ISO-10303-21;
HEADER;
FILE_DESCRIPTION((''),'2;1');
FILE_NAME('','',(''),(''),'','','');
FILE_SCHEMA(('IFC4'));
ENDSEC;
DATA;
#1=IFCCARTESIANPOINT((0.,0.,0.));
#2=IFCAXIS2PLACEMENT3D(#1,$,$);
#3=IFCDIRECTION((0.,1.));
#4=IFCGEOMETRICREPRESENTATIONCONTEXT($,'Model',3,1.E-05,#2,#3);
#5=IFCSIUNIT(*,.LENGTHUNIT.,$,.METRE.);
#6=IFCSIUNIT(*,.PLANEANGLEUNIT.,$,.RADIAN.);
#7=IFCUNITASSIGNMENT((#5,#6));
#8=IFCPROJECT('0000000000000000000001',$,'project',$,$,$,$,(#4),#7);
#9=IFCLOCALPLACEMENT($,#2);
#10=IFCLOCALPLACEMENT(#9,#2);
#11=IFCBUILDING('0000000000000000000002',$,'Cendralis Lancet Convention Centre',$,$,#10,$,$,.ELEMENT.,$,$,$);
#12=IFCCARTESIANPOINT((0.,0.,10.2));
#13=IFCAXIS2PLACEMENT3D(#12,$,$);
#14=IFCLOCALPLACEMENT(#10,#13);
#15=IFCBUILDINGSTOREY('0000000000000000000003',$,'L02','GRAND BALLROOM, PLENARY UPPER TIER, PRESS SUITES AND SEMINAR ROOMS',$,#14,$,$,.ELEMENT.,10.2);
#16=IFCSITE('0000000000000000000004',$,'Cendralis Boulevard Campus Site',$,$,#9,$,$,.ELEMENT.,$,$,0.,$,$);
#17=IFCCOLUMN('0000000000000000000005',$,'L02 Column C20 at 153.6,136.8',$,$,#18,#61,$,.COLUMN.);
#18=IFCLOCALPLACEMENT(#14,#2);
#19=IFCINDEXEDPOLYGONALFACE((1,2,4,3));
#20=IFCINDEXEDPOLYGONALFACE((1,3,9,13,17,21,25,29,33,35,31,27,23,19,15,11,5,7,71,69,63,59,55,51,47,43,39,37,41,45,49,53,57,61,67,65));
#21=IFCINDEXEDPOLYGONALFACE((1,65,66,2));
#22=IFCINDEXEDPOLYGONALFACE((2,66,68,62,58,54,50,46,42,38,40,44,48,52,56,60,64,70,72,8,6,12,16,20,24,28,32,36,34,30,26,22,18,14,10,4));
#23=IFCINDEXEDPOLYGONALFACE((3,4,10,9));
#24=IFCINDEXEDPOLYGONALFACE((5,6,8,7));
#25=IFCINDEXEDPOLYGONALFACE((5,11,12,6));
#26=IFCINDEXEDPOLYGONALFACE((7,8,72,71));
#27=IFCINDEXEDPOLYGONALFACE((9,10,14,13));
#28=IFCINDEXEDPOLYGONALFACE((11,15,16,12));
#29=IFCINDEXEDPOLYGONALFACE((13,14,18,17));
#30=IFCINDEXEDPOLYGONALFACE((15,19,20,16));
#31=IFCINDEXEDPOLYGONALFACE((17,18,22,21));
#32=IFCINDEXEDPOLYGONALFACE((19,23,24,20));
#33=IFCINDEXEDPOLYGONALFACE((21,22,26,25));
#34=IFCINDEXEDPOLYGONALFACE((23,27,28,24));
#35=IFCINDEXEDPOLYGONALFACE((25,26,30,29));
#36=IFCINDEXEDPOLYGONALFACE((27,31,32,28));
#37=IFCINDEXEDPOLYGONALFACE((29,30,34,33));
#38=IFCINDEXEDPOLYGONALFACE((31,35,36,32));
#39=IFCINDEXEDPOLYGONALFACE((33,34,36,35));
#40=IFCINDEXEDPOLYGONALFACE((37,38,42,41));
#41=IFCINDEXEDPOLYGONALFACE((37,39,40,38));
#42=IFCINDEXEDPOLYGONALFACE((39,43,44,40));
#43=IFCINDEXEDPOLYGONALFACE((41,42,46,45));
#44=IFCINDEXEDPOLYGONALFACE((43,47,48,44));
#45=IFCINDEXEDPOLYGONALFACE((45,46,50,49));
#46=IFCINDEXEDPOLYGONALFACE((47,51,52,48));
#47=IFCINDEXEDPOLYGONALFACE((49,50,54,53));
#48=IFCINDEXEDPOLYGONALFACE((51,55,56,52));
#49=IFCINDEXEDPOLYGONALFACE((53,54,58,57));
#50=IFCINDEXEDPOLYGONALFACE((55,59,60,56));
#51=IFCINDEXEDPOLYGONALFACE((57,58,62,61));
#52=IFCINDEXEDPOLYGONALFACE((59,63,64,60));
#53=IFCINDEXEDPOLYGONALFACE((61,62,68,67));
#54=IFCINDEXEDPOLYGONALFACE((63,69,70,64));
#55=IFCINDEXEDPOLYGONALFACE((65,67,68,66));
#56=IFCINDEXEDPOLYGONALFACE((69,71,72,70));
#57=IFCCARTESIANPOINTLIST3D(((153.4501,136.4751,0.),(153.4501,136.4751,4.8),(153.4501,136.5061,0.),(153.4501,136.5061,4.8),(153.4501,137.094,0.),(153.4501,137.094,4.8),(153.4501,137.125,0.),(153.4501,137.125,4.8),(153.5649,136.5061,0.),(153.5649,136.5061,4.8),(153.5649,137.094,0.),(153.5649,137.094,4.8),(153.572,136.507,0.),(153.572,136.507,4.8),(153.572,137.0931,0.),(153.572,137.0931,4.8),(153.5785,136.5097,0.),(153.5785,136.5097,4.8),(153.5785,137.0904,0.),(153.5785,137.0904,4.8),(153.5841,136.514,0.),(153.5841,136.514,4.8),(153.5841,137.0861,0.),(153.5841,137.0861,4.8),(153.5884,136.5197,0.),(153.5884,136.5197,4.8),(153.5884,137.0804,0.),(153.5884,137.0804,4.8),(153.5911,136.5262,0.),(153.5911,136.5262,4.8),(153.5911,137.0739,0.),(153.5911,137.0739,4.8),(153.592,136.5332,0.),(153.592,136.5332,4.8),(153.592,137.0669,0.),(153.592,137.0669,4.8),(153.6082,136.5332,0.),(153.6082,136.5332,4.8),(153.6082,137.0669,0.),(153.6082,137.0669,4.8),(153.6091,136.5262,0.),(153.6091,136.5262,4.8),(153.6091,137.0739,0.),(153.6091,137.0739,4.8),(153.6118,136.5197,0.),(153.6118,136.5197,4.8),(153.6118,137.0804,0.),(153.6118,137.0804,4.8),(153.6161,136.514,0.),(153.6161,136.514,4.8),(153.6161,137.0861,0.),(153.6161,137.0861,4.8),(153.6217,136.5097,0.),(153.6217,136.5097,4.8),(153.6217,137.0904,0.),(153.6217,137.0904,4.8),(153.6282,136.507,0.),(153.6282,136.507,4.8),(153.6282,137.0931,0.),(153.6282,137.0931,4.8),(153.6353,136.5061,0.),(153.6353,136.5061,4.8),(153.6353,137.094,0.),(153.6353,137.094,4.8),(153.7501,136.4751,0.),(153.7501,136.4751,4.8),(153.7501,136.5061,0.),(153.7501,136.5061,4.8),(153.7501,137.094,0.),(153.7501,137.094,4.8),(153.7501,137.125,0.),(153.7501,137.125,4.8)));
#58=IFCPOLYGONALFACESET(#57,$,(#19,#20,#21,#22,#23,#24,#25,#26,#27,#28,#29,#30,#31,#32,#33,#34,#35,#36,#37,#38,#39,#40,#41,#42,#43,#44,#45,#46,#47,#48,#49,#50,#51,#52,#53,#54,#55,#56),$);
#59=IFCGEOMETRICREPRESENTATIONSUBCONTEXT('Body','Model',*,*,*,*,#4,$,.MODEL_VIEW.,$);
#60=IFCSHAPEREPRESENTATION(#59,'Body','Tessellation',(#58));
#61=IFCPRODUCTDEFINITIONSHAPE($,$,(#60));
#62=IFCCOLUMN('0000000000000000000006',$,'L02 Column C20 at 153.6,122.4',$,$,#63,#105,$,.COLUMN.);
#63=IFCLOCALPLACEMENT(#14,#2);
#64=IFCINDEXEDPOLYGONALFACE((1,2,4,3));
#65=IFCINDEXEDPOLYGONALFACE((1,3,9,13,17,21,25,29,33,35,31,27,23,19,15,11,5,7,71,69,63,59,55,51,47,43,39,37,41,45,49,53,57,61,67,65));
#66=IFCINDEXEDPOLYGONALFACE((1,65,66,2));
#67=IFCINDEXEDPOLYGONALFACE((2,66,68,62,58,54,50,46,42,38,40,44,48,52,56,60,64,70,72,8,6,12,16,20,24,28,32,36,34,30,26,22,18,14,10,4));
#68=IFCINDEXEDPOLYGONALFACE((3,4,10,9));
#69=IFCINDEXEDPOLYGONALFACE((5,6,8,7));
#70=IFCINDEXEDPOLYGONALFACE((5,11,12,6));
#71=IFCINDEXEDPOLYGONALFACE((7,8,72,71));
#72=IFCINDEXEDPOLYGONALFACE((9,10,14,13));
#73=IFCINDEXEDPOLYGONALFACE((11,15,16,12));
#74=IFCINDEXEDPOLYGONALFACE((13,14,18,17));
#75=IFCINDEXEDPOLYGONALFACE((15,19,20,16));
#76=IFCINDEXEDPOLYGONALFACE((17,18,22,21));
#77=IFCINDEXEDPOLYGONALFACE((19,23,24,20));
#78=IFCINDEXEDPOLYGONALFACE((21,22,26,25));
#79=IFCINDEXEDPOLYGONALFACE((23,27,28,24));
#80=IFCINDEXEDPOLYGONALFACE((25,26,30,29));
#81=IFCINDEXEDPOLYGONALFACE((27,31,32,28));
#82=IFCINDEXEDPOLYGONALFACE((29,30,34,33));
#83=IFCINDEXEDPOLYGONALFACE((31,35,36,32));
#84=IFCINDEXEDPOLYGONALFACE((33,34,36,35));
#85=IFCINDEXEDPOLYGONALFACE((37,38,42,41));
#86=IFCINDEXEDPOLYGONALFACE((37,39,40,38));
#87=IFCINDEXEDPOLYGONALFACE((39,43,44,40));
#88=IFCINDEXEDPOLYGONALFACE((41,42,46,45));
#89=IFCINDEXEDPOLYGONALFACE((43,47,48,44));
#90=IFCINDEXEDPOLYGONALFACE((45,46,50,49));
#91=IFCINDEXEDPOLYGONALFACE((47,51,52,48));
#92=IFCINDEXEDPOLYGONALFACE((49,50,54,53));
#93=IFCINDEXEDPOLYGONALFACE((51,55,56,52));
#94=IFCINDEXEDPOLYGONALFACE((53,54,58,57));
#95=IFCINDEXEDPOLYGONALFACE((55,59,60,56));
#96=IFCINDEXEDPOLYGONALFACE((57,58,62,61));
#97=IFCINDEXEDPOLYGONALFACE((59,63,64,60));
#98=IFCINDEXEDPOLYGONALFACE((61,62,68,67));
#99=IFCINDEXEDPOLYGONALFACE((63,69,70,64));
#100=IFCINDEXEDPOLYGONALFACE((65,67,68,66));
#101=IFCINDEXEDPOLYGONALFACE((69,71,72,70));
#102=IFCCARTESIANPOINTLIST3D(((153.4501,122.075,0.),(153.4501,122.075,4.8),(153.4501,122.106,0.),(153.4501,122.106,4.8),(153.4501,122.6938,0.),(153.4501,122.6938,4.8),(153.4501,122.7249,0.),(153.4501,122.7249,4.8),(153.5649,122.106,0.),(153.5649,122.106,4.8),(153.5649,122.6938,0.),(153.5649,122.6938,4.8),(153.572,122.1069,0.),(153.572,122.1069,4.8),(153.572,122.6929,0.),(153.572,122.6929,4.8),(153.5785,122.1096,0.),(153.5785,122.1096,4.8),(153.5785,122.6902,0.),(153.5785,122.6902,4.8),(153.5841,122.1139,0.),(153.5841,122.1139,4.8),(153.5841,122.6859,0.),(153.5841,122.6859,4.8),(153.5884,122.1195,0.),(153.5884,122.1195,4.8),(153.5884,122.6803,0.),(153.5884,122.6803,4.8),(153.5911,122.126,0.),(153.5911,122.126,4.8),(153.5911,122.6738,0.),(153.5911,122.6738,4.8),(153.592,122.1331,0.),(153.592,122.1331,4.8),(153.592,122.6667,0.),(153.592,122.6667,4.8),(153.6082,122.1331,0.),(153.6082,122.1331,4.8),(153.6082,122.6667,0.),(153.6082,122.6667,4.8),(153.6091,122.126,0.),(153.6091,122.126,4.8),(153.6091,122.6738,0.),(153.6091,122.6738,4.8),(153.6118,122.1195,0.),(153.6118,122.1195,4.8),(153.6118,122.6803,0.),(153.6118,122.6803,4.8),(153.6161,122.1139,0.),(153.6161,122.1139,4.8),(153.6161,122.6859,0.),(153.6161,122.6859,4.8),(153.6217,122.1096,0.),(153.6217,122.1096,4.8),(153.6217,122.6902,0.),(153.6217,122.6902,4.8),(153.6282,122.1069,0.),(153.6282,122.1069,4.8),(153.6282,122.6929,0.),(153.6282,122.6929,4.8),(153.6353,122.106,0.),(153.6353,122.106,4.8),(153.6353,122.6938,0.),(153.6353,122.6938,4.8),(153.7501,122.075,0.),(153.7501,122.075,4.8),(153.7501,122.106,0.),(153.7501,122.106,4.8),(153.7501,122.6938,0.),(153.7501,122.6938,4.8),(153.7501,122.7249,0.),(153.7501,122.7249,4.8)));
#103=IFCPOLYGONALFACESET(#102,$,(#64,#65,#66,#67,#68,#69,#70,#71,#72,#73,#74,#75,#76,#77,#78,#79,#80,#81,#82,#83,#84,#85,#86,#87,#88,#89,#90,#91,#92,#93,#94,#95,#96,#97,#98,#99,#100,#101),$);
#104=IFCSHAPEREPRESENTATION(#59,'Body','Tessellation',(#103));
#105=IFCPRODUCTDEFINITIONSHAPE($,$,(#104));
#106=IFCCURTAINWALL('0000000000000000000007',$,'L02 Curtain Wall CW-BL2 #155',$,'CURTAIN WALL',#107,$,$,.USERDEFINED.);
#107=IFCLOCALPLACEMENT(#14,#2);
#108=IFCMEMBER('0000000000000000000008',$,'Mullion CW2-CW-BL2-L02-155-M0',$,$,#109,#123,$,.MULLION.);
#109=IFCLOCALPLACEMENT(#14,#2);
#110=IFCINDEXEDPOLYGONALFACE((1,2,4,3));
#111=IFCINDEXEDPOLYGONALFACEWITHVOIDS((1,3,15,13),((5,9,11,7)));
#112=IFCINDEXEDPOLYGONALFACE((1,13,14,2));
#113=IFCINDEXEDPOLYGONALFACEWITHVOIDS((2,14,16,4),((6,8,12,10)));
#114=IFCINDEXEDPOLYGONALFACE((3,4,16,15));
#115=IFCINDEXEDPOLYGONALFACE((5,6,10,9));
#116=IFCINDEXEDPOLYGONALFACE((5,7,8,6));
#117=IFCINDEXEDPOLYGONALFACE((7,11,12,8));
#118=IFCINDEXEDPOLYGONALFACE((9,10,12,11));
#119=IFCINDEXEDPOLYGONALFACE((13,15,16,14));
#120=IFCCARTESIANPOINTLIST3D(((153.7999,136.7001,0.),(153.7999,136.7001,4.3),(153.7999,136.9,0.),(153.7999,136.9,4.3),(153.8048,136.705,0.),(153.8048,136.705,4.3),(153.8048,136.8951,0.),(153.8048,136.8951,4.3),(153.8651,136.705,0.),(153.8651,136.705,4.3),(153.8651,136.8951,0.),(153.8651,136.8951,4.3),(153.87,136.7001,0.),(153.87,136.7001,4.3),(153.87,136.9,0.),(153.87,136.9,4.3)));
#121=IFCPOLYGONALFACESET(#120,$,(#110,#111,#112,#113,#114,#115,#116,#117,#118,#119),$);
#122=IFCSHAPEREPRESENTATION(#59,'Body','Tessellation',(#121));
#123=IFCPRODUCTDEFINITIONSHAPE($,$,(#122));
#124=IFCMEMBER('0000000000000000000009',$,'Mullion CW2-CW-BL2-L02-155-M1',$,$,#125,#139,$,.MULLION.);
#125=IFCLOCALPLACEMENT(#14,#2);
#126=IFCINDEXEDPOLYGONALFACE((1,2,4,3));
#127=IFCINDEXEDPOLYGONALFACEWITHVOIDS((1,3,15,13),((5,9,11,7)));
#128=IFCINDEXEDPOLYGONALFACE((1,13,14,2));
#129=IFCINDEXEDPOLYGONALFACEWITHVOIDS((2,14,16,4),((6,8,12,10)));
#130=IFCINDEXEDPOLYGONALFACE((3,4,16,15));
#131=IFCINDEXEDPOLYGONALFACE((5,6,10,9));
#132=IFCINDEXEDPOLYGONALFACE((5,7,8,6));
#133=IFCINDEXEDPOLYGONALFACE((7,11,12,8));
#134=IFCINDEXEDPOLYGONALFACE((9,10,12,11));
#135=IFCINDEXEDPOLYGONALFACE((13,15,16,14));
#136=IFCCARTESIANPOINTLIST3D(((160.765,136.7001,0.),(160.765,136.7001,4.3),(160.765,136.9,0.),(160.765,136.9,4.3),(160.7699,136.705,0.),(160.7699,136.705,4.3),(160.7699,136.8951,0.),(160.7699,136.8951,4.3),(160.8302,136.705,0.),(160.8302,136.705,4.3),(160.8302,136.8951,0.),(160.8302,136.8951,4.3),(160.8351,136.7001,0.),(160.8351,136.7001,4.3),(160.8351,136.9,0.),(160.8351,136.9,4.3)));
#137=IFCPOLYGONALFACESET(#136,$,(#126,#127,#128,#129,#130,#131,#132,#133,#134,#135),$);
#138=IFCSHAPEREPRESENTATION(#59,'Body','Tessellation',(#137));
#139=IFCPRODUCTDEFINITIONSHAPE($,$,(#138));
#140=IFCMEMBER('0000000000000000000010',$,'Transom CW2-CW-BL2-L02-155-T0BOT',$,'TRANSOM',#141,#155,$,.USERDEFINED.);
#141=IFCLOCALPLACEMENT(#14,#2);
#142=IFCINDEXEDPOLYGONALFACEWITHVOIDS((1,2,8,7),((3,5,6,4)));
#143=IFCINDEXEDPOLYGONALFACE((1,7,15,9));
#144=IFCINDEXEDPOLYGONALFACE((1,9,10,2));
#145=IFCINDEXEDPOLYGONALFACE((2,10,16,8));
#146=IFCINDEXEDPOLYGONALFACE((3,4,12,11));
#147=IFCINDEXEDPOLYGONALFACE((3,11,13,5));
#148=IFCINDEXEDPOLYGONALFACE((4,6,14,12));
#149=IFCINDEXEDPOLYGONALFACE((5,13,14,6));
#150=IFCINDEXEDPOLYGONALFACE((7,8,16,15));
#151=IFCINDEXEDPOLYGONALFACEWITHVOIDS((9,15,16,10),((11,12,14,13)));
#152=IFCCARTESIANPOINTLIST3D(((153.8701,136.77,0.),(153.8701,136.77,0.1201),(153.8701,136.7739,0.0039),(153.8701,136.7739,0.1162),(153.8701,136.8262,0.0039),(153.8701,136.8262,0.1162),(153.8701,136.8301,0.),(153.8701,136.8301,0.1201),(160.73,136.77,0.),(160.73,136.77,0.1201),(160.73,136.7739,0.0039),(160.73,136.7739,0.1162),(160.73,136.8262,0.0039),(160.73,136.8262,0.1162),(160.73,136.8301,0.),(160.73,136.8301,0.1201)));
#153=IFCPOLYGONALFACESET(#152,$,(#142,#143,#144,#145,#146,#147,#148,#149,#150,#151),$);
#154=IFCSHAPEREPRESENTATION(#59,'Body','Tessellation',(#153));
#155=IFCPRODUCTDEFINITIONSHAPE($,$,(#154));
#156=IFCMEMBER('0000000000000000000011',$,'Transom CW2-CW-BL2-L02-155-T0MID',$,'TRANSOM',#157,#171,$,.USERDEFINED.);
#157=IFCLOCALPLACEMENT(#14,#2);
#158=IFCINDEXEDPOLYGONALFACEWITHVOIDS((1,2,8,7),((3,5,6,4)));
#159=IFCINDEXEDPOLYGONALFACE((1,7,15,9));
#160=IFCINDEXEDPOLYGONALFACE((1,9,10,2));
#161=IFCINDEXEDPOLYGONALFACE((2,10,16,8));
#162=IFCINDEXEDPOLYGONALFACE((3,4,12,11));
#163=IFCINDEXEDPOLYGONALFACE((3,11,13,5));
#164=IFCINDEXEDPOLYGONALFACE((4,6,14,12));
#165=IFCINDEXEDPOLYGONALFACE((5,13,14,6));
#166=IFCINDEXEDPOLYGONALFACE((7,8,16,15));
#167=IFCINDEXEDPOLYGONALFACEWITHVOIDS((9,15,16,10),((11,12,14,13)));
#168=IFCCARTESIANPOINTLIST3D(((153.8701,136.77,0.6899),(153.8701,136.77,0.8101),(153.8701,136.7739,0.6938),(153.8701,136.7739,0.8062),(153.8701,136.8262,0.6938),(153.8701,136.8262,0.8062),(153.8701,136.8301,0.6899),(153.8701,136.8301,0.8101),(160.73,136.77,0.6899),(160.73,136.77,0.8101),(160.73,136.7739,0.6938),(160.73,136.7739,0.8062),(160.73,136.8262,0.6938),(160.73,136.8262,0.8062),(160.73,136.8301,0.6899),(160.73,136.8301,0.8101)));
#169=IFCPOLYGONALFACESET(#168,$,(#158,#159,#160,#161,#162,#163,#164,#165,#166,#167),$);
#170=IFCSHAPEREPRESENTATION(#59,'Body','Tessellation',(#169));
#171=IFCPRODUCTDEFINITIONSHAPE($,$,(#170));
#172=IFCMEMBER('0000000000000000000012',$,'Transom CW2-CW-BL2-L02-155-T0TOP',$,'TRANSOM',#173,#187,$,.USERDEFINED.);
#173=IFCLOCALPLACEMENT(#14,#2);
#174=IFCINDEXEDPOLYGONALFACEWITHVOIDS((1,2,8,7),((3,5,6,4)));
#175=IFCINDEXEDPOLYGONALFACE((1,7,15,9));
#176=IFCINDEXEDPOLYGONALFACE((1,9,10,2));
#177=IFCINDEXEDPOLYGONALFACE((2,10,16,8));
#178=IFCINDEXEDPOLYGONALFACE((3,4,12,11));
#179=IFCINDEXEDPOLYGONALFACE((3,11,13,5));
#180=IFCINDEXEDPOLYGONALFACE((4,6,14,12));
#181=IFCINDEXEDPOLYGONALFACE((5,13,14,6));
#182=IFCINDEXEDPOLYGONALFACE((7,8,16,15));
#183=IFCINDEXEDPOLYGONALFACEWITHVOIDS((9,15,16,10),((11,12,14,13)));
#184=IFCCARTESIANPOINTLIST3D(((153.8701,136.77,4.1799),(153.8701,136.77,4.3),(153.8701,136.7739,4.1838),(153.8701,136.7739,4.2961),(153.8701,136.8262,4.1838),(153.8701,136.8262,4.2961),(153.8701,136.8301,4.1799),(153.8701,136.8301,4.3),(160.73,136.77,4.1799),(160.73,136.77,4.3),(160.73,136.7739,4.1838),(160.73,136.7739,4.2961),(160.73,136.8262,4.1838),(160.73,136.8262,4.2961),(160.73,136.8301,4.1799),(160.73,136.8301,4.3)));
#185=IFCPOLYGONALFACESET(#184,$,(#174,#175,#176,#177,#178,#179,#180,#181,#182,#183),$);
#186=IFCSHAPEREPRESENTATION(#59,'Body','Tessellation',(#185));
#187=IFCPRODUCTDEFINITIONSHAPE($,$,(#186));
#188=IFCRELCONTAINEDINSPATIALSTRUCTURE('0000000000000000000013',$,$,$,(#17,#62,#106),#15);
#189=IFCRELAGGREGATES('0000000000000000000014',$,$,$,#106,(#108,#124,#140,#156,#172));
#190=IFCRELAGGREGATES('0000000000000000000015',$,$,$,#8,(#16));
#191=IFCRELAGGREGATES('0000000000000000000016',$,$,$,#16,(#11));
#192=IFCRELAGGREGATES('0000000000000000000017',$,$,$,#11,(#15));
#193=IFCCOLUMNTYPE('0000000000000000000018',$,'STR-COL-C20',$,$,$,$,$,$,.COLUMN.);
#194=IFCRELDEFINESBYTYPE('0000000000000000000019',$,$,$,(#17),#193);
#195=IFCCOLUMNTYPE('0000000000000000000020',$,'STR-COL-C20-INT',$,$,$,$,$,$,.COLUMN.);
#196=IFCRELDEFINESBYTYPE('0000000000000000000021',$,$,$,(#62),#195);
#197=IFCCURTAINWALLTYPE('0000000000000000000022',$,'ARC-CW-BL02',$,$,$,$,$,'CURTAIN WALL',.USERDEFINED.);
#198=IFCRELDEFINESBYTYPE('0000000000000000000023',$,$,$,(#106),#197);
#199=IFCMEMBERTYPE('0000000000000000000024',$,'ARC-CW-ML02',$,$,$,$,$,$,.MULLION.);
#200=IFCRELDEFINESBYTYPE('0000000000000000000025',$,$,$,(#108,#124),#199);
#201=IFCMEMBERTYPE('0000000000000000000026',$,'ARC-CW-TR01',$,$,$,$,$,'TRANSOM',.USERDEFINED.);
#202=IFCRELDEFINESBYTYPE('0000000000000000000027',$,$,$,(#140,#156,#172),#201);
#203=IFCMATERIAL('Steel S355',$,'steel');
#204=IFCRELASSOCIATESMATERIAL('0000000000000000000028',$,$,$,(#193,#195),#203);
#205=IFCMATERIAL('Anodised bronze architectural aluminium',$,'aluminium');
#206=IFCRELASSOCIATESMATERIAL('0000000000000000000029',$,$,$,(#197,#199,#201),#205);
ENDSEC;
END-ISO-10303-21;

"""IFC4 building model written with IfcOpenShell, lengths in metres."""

from ifc_helpers import new_model, si_unit, direction, frame, origin, origin_2d, place, context, subcontext, project, spatial, hollow_rectangle, i_section, extrude, material, material_profile, profile_set, type_object, element, aggregate, save


model = new_model("IFC4")

# Units and contexts
model_context = context("Model", 3, precision=1e-05, world=origin(), true_north=direction((0.0, 1.0)))
body_context = subcontext(model_context, "Body", "Model", "MODEL_VIEW")
ifc_project = project(units=[si_unit("LENGTHUNIT", "METRE"), si_unit("PLANEANGLEUNIT", "RADIAN")], contexts=[model_context])

# Site, building, storey
site_placement = place(None, origin())
site = spatial("IfcSite", under=ifc_project, at=site_placement, Name="Cendralis Boulevard Campus Site", CompositionType="ELEMENT", RefElevation=0.0)
building_placement = place(site_placement, origin())
building = spatial("IfcBuilding", under=site, at=building_placement, Name="Cendralis Lancet Convention Centre", CompositionType="ELEMENT")
storey_placement = place(building_placement, frame((0.0, 0.0, 10.2)))
storey = spatial("IfcBuildingStorey", under=building, at=storey_placement, Name="L02", Description="GRAND BALLROOM, PLENARY UPPER TIER, PRESS SUITES AND SEMINAR ROOMS", CompositionType="ELEMENT", Elevation=10.2)

# Columns
ifc_material_1 = material(Name="Steel S355", Category="steel")
ifc_material_profile_1 = material_profile(ifc_material_1, i_section(OverallWidth=0.3, OverallDepth=0.6499, WebThickness=0.0161, FlangeThickness=0.031, FilletRadius=0.0271, at=origin_2d()), Name="HEB 650")
ifc_profile_set_1 = profile_set([ifc_material_profile_1], Name="Steel S355")
column_type_1 = type_object("IfcColumnType", Name="STR-COL-C20", PredefinedType="COLUMN", material=ifc_profile_set_1)
column_1_placement = place(storey_placement, frame((153.6001, 136.8, 0.0), z_axis=(0.0, 0.0, 1.0), x_axis=(1.0, 0.0, 0.0)))
element("IfcColumn", 1, at=column_1_placement, inside=storey, type_object=column_type_1, Name="L02 Column C20 at 153.6,136.8", PredefinedType="COLUMN", context=body_context, shape_type="SweptSolid", body=[
    extrude(i_section(OverallWidth=0.3, OverallDepth=0.6499, WebThickness=0.0161, FlangeThickness=0.031, FilletRadius=0.0271, at=origin_2d()), origin(), (0.0, 0.0, 1.0), 4.8),
])
ifc_material_profile_2 = material_profile(ifc_material_1, i_section(OverallWidth=0.3, OverallDepth=0.6499, WebThickness=0.0161, FlangeThickness=0.031, FilletRadius=0.0271, at=origin_2d()), Name="HEB 650")
ifc_profile_set_2 = profile_set([ifc_material_profile_2], Name="Steel S355")
column_type_2 = type_object("IfcColumnType", Name="STR-COL-C20-INT", PredefinedType="COLUMN", material=ifc_profile_set_2)
column_2_placement = place(storey_placement, frame((153.6001, 122.3999, 0.0), z_axis=(0.0, 0.0, 1.0), x_axis=(1.0, 0.0, 0.0)))
element("IfcColumn", 2, at=column_2_placement, inside=storey, type_object=column_type_2, Name="L02 Column C20 at 153.6,122.4", PredefinedType="COLUMN", context=body_context, shape_type="SweptSolid", body=[
    extrude(i_section(OverallWidth=0.3, OverallDepth=0.6499, WebThickness=0.0161, FlangeThickness=0.031, FilletRadius=0.0271, at=origin_2d()), origin(), (0.0, 0.0, 1.0), 4.8),
])

# Curtain wall, members
ifc_material_2 = material(Name="Anodised bronze architectural aluminium", Category="aluminium")
curtain_wall_type = type_object("IfcCurtainWallType", Name="ARC-CW-BL02", ElementType="CURTAIN WALL", PredefinedType="USERDEFINED", material=ifc_material_2)
curtain_wall_placement = place(storey_placement, origin())
curtain_wall = element("IfcCurtainWall", 3, at=curtain_wall_placement, inside=storey, type_object=curtain_wall_type, Name="L02 Curtain Wall CW-BL2 #155", ObjectType="CURTAIN WALL", PredefinedType="USERDEFINED")
ifc_material_profile_3 = material_profile(ifc_material_2, hollow_rectangle(XDim=0.0701, YDim=0.2, WallThickness=0.0049, at=origin_2d()), Name="AL-MULL 70x200x5.0")
ifc_profile_set_3 = profile_set([ifc_material_profile_3], Name="Anodised bronze architectural aluminium")
member_type_1 = type_object("IfcMemberType", Name="ARC-CW-ML02", PredefinedType="MULLION", material=ifc_profile_set_3)
member_1_placement = place(storey_placement, frame((153.835, 136.8, 0.0), z_axis=(0.0, 0.0, 1.0), x_axis=(1.0, 0.0, 0.0)))
member_1 = element("IfcMember", 4, at=member_1_placement, type_object=member_type_1, Name="Mullion CW2-CW-BL2-L02-155-M0", PredefinedType="MULLION", context=body_context, shape_type="SweptSolid", body=[
    extrude(hollow_rectangle(XDim=0.0701, YDim=0.2, WallThickness=0.0049, at=origin_2d()), origin(), (0.0, 0.0, 1.0), 4.3),
])
member_2_placement = place(storey_placement, frame((160.8, 136.8, 0.0), z_axis=(0.0, 0.0, 1.0), x_axis=(1.0, 0.0, 0.0)))
member_2 = element("IfcMember", 5, at=member_2_placement, type_object=member_type_1, Name="Mullion CW2-CW-BL2-L02-155-M1", PredefinedType="MULLION", context=body_context, shape_type="SweptSolid", body=[
    extrude(hollow_rectangle(XDim=0.0701, YDim=0.2, WallThickness=0.0049, at=origin_2d()), origin(), (0.0, 0.0, 1.0), 4.3),
])
ifc_material_profile_4 = material_profile(ifc_material_2, hollow_rectangle(XDim=0.0601, YDim=0.1201, WallThickness=0.0039, at=origin_2d()), Name="AL-TRAN 60x120x4.0")
ifc_profile_set_4 = profile_set([ifc_material_profile_4], Name="Anodised bronze architectural aluminium")
member_type_2 = type_object("IfcMemberType", Name="ARC-CW-TR01", ElementType="TRANSOM", PredefinedType="USERDEFINED", material=ifc_profile_set_4)
member_3_placement = place(storey_placement, frame((153.8701, 136.8, 0.0601), z_axis=(1.0, 0.0, 0.0), x_axis=(0.0, 1.0, 0.0)))
member_3 = element("IfcMember", 6, at=member_3_placement, type_object=member_type_2, Name="Transom CW2-CW-BL2-L02-155-T0BOT", ObjectType="TRANSOM", PredefinedType="USERDEFINED", context=body_context, shape_type="SweptSolid", body=[
    extrude(hollow_rectangle(XDim=0.0601, YDim=0.1201, WallThickness=0.0039, at=origin_2d()), origin(), (0.0, 0.0, 1.0), 6.8599),
])
member_4_placement = place(storey_placement, frame((153.8701, 136.8, 0.75), z_axis=(1.0, 0.0, 0.0), x_axis=(0.0, 1.0, 0.0)))
member_4 = element("IfcMember", 7, at=member_4_placement, type_object=member_type_2, Name="Transom CW2-CW-BL2-L02-155-T0MID", ObjectType="TRANSOM", PredefinedType="USERDEFINED", context=body_context, shape_type="SweptSolid", body=[
    extrude(hollow_rectangle(XDim=0.0601, YDim=0.1201, WallThickness=0.0039, at=origin_2d()), origin(), (0.0, 0.0, 1.0), 6.8599),
])
member_5_placement = place(storey_placement, frame((153.8701, 136.8, 4.24), z_axis=(1.0, 0.0, 0.0), x_axis=(0.0, 1.0, 0.0)))
member_5 = element("IfcMember", 8, at=member_5_placement, type_object=member_type_2, Name="Transom CW2-CW-BL2-L02-155-T0TOP", ObjectType="TRANSOM", PredefinedType="USERDEFINED", context=body_context, shape_type="SweptSolid", body=[
    extrude(hollow_rectangle(XDim=0.0601, YDim=0.1201, WallThickness=0.0039, at=origin_2d()), origin(), (0.0, 0.0, 1.0), 6.8599),
])

aggregate(curtain_wall, [member_1, member_2, member_3, member_4, member_5])

save(model, "model.ifc")
